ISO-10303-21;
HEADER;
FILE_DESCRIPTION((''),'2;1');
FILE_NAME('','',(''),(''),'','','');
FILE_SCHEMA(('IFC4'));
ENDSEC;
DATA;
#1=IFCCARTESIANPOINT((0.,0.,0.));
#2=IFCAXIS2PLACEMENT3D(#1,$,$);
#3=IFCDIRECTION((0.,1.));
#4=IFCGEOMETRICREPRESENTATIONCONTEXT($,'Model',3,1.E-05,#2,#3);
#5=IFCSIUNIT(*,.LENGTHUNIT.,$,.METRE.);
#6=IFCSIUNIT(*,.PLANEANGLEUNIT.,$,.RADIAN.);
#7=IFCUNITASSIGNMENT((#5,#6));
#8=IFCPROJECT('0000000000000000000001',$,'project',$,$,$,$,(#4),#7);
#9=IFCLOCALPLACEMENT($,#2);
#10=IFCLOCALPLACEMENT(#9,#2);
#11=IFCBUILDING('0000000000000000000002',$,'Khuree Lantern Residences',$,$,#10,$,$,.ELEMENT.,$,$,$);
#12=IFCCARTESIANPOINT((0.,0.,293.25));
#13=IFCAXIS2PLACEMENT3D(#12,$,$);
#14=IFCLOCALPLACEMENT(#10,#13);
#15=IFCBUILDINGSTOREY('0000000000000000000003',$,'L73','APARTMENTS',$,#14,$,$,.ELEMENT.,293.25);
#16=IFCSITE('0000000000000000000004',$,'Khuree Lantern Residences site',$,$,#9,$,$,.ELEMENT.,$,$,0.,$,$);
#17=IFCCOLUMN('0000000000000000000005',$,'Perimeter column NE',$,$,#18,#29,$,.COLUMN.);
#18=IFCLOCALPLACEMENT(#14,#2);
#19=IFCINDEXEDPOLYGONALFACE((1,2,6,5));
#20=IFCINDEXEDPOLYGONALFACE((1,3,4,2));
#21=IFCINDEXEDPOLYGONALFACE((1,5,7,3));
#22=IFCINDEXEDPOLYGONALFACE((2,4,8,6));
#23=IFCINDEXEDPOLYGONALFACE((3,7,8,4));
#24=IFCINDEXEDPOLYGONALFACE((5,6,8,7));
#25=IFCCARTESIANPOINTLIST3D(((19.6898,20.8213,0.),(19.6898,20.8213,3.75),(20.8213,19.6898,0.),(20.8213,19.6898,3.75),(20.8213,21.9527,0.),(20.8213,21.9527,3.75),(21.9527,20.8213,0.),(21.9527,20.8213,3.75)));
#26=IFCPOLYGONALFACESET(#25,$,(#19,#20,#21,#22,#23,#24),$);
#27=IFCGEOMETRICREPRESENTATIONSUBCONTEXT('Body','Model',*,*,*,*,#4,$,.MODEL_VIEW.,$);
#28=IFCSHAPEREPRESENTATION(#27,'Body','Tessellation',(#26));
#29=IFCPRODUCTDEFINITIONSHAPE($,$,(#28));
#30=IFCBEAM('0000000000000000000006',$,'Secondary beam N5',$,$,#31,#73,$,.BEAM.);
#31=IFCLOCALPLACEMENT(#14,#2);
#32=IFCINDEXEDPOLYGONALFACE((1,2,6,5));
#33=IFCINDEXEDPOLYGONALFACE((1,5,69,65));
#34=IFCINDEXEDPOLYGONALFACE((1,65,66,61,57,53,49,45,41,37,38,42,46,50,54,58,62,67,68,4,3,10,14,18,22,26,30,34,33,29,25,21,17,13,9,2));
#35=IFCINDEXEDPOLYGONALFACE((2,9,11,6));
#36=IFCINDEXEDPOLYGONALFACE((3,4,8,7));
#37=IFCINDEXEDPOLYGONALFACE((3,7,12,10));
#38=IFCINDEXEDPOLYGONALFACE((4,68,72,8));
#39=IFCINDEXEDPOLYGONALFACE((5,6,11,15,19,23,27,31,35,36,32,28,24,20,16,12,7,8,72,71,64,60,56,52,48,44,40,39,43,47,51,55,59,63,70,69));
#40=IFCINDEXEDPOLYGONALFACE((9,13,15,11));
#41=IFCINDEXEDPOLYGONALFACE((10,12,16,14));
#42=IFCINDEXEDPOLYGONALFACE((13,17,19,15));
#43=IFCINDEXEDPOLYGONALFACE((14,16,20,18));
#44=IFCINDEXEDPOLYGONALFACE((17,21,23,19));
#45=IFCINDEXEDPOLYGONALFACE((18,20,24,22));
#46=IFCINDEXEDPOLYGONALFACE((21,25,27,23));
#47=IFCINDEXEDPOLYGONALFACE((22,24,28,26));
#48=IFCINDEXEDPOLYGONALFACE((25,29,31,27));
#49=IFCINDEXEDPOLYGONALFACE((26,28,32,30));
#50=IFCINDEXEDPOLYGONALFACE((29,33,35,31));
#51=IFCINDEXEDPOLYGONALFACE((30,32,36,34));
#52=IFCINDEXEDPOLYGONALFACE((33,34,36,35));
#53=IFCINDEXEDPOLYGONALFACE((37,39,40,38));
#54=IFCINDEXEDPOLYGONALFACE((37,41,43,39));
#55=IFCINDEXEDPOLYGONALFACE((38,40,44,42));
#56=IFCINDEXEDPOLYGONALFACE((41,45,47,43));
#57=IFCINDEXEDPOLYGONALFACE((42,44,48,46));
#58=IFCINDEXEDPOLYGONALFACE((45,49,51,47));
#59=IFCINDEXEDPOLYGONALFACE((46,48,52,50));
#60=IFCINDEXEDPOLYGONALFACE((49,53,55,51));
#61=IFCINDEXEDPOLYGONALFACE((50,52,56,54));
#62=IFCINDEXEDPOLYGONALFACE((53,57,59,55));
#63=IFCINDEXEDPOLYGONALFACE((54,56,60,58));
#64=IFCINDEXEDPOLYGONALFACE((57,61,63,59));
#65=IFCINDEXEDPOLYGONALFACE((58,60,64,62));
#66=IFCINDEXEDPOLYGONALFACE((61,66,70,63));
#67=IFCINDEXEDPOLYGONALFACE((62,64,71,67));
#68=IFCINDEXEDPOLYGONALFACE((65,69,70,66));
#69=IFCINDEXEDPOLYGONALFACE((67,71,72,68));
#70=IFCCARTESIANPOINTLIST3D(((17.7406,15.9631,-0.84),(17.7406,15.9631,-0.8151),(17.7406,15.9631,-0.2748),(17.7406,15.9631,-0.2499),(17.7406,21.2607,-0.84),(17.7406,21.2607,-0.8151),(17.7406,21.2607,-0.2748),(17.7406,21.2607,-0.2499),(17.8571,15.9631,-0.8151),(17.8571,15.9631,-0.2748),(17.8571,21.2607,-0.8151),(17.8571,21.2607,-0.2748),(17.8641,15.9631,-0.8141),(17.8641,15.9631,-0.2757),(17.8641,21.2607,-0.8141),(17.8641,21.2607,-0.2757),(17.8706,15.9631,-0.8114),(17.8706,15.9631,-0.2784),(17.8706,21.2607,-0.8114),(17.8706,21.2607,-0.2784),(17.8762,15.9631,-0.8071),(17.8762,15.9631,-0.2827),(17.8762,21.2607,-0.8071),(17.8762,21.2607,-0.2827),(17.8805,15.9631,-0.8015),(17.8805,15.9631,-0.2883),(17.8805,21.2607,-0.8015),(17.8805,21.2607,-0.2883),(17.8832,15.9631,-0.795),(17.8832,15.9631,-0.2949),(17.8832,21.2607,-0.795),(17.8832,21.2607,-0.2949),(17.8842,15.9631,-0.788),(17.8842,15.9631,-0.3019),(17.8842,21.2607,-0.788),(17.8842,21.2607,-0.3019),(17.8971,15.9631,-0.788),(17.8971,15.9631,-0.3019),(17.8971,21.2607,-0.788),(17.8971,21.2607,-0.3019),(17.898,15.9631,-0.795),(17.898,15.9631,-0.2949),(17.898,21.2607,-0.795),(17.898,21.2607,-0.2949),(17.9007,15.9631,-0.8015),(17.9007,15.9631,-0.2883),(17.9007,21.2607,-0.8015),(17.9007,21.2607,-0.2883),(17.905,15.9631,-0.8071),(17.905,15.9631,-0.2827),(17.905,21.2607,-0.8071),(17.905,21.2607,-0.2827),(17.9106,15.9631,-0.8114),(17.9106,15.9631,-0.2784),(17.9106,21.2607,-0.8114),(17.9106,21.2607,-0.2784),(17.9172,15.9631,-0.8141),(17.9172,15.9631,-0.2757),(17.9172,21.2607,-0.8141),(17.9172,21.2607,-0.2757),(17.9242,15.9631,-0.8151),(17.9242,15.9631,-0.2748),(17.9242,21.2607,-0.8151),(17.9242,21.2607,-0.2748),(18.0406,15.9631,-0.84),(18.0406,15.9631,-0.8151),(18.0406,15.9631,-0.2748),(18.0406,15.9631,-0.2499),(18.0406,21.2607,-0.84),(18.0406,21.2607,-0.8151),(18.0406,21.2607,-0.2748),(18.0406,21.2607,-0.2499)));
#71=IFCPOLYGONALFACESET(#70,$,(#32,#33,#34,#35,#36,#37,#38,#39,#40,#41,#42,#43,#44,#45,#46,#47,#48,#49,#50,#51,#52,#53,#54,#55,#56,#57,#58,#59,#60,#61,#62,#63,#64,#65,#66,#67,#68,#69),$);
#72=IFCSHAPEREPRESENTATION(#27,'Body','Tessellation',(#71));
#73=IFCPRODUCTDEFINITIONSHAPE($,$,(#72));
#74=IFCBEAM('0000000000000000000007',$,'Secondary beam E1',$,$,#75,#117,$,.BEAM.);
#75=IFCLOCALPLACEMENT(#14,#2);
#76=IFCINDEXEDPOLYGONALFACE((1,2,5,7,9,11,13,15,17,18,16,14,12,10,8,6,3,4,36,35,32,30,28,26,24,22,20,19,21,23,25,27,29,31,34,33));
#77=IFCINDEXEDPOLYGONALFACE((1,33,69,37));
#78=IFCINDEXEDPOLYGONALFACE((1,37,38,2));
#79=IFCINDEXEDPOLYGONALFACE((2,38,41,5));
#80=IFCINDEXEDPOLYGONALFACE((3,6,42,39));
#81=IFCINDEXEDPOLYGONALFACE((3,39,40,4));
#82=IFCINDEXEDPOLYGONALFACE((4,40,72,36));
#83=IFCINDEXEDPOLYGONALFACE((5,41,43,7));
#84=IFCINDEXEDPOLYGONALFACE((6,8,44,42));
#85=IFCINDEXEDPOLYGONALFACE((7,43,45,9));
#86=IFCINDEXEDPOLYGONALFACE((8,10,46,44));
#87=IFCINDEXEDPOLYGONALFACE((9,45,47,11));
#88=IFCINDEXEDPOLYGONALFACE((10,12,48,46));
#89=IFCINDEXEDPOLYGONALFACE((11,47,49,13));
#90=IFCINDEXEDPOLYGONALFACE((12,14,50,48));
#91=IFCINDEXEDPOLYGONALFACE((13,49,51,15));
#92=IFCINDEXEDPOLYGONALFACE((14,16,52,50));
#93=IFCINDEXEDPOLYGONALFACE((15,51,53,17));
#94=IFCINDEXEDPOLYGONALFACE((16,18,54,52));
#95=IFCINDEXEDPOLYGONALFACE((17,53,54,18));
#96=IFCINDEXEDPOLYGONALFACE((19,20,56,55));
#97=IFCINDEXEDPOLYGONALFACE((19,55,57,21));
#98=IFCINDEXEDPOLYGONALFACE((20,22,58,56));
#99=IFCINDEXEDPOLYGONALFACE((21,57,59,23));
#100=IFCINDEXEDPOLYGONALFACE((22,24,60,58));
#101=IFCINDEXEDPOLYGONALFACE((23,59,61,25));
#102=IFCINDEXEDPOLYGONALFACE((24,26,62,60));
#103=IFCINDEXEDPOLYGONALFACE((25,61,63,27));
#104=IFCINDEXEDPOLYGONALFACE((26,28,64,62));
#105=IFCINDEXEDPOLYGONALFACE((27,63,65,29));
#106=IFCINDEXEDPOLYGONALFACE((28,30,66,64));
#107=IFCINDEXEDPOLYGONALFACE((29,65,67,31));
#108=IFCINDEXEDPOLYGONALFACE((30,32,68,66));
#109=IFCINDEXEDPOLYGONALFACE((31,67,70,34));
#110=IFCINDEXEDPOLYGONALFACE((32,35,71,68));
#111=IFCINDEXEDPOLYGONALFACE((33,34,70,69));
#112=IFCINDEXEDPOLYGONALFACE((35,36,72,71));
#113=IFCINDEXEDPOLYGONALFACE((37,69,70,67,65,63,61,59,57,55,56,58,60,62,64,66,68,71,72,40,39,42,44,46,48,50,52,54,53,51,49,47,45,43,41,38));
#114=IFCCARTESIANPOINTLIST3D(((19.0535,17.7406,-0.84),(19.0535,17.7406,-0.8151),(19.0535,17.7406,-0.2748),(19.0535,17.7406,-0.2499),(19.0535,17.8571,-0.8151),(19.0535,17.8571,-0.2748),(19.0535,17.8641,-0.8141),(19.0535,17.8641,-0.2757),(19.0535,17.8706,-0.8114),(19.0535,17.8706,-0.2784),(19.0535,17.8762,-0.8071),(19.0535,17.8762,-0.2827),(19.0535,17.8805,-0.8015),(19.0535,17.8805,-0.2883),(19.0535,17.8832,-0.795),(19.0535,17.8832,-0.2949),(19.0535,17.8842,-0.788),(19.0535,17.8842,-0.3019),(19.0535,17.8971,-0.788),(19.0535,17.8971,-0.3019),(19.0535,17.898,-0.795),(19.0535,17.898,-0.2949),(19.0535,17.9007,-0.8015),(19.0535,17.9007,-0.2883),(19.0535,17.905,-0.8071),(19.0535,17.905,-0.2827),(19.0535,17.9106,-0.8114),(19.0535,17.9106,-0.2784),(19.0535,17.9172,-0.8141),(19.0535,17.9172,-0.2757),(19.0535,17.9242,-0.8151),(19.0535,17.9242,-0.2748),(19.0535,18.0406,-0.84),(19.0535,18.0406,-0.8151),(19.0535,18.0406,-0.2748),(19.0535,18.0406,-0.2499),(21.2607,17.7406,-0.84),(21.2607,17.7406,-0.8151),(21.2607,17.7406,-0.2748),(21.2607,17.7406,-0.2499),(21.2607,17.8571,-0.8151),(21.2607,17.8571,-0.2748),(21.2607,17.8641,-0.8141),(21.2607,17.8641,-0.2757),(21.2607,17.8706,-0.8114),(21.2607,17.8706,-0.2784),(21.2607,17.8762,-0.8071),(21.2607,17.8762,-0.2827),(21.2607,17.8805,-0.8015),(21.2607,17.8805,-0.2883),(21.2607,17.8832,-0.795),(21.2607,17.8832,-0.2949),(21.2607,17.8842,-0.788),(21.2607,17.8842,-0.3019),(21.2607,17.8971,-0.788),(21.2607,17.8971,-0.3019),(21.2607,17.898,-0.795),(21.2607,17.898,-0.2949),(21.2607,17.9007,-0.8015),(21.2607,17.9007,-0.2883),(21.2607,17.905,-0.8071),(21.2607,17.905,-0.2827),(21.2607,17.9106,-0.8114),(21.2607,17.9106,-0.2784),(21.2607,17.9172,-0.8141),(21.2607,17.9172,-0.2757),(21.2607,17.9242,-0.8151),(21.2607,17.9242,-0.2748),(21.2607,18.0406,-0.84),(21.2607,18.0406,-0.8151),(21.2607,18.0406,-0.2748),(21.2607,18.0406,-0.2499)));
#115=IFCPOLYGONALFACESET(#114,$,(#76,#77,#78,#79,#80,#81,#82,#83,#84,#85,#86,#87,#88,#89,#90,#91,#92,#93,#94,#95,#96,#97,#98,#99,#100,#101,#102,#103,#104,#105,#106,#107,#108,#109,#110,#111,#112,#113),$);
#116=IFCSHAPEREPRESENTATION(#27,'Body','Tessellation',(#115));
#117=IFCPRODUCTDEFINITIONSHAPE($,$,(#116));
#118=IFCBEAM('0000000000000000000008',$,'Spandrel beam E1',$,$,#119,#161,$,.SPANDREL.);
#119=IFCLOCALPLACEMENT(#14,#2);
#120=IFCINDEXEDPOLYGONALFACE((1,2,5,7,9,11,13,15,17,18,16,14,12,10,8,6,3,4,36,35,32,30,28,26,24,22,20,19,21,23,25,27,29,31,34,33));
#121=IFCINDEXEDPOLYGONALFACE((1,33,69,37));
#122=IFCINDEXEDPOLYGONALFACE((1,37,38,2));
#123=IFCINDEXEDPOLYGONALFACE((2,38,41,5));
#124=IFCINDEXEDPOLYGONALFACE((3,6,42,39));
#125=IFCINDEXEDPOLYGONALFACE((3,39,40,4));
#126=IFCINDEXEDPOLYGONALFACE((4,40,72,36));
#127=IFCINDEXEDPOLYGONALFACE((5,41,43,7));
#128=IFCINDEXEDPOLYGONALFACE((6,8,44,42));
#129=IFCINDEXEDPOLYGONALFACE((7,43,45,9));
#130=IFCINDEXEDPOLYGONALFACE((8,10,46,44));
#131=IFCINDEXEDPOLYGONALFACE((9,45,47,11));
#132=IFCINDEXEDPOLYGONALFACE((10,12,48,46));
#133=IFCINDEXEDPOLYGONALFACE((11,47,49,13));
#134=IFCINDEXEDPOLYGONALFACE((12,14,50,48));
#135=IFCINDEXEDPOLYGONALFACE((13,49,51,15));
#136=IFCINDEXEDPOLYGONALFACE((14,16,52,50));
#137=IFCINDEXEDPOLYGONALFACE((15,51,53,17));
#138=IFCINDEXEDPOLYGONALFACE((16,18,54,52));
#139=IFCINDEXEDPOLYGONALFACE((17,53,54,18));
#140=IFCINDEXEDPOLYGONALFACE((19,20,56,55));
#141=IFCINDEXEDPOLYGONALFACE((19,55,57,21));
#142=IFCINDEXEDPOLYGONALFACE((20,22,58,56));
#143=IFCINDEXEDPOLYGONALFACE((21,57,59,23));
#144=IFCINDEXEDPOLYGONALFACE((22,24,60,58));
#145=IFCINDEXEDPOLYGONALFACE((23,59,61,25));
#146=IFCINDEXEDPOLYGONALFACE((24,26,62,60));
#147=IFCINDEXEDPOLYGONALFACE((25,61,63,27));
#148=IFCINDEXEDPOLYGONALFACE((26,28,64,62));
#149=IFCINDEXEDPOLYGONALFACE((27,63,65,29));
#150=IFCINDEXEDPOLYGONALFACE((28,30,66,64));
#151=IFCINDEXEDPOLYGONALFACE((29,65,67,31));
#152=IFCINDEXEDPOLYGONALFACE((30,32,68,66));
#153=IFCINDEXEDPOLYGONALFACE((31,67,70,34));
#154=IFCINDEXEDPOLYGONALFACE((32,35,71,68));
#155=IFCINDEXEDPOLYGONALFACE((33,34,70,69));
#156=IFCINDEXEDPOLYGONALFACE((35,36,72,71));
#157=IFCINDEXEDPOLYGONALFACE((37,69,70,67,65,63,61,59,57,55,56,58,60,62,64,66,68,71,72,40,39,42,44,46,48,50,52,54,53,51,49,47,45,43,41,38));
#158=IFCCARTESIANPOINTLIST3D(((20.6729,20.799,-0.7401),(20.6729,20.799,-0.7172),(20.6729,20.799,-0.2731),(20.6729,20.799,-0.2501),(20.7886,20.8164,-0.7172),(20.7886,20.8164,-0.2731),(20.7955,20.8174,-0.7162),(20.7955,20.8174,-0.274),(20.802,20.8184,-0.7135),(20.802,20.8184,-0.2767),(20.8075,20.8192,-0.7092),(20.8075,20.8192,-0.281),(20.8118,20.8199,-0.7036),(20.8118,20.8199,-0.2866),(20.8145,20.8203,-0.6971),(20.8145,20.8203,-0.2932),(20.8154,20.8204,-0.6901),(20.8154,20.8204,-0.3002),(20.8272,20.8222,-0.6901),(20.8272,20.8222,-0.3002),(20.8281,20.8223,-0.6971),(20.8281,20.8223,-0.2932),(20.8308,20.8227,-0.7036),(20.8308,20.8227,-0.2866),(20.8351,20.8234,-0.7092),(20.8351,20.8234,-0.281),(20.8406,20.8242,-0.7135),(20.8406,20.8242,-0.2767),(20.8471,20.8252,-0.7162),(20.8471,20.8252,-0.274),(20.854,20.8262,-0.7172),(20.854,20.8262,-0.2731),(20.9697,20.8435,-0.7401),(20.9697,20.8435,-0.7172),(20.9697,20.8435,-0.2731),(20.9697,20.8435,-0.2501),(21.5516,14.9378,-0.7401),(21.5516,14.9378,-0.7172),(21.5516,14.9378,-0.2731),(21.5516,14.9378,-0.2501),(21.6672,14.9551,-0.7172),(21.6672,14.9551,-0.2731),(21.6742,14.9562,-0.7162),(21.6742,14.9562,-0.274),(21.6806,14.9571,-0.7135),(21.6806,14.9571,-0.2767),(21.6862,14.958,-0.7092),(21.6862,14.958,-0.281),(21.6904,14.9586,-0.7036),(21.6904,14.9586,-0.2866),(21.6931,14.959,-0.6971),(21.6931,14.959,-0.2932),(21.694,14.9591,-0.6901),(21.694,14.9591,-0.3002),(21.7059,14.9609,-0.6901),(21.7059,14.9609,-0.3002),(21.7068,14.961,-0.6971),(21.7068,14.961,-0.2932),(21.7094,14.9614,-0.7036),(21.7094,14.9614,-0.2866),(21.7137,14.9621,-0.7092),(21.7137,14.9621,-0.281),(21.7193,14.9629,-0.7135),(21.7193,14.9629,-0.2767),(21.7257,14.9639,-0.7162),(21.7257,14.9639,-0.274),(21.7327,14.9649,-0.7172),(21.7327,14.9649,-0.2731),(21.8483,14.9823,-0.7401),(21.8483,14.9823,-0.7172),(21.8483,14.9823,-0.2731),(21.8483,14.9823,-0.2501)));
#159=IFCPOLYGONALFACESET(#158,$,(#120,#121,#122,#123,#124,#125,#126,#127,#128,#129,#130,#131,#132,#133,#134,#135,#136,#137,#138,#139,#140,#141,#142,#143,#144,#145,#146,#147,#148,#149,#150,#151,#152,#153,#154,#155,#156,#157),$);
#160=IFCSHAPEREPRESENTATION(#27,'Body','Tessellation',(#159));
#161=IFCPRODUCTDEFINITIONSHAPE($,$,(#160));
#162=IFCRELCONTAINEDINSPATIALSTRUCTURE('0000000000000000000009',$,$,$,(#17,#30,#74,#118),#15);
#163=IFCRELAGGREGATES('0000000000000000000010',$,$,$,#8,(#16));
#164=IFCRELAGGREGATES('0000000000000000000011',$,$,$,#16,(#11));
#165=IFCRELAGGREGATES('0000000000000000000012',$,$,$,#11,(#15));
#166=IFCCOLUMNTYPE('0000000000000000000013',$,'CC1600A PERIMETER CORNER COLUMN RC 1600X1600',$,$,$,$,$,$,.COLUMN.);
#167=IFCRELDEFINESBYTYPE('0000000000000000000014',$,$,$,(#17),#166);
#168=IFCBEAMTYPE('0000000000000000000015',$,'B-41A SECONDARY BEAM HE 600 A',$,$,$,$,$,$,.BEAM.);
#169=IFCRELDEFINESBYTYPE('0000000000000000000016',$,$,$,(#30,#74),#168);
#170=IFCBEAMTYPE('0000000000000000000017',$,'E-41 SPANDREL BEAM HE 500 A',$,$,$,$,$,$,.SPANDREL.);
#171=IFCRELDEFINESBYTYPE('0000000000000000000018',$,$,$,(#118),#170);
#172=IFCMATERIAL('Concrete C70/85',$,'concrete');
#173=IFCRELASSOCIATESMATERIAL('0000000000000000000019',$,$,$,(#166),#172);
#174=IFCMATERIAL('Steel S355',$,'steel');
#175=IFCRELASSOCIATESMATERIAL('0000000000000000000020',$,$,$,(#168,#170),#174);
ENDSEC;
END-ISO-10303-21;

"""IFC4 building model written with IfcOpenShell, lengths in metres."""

from ifc_helpers import new_model, si_unit, direction, frame, origin, origin_2d, place, context, subcontext, project, spatial, rectangle, i_section, extrude, material, material_profile, profile_set, type_object, element, save


model = new_model("IFC4")

# Units and contexts
model_context = context("Model", 3, precision=1e-05, world=origin(), true_north=direction((0.0, 1.0)))
body_context = subcontext(model_context, "Body", "Model", "MODEL_VIEW")
ifc_project = project(units=[si_unit("LENGTHUNIT", "METRE"), si_unit("PLANEANGLEUNIT", "RADIAN")], contexts=[model_context])

# Site, building, storey
site_placement = place(None, origin())
site = spatial("IfcSite", under=ifc_project, at=site_placement, Name="Khuree Lantern Residences site", CompositionType="ELEMENT", RefElevation=0.0)
building_placement = place(site_placement, origin())
building = spatial("IfcBuilding", under=site, at=building_placement, Name="Khuree Lantern Residences", CompositionType="ELEMENT")
storey_placement = place(building_placement, frame((0.0, 0.0, 293.25)))
storey = spatial("IfcBuildingStorey", under=building, at=storey_placement, Name="L73", Description="APARTMENTS", CompositionType="ELEMENT", Elevation=293.25)

# Column
ifc_material_1 = material(Name="Concrete C70/85", Category="concrete")
ifc_material_profile_1 = material_profile(ifc_material_1, rectangle(XDim=1.6001, YDim=1.6001, at=origin_2d()), Name="RC 1600X1600")
ifc_profile_set_1 = profile_set([ifc_material_profile_1], Name="Concrete C70/85")
column_type = type_object("IfcColumnType", Name="CC1600A PERIMETER CORNER COLUMN RC 1600X1600", PredefinedType="COLUMN", material=ifc_profile_set_1)
column_placement = place(storey_placement, frame((20.8213, 20.8213, 0.0), z_axis=(0.0, 0.0, 1.0), x_axis=(0.707107, -0.707107, 0.0)))
element("IfcColumn", 1, at=column_placement, inside=storey, type_object=column_type, Name="Perimeter column NE", PredefinedType="COLUMN", context=body_context, shape_type="SweptSolid", body=[
    extrude(rectangle(XDim=1.6001, YDim=1.6001, at=origin_2d()), origin(), (0.0, 0.0, 1.0), 3.75),
])

# Beams
ifc_material_2 = material(Name="Steel S355", Category="steel")
ifc_material_profile_2 = material_profile(ifc_material_2, i_section(OverallWidth=0.3, OverallDepth=0.5901, WebThickness=0.0129, FlangeThickness=0.0249, FilletRadius=0.0271, at=origin_2d()), Name="HE 600 A")
ifc_profile_set_2 = profile_set([ifc_material_profile_2], Name="Steel S355")
beam_type_1 = type_object("IfcBeamType", Name="B-41A SECONDARY BEAM HE 600 A", PredefinedType="BEAM", material=ifc_profile_set_2)
beam_1_placement = place(storey_placement, frame((17.8906, 21.2607, -0.5449), z_axis=(0.0, -1.0, 0.0), x_axis=(1.0, 0.0, 0.0)))
element("IfcBeam", 2, at=beam_1_placement, inside=storey, type_object=beam_type_1, Name="Secondary beam N5", PredefinedType="BEAM", context=body_context, shape_type="SweptSolid", body=[
    extrude(i_section(OverallWidth=0.3, OverallDepth=0.5901, WebThickness=0.0129, FlangeThickness=0.0249, FilletRadius=0.0271, at=origin_2d()), origin(), (0.0, 0.0, 1.0), 5.2976),
])
beam_2_placement = place(storey_placement, frame((21.2607, 17.8906, -0.5449), z_axis=(-1.0, 0.0, 0.0), x_axis=(0.0, -1.0, 0.0)))
element("IfcBeam", 3, at=beam_2_placement, inside=storey, type_object=beam_type_1, Name="Secondary beam E1", PredefinedType="BEAM", context=body_context, shape_type="SweptSolid", body=[
    extrude(i_section(OverallWidth=0.3, OverallDepth=0.5901, WebThickness=0.0129, FlangeThickness=0.0249, FilletRadius=0.0271, at=origin_2d()), origin(), (0.0, 0.0, 1.0), 2.2073),
])
ifc_material_profile_3 = material_profile(ifc_material_2, i_section(OverallWidth=0.3, OverallDepth=0.49, WebThickness=0.012, FlangeThickness=0.0229, FilletRadius=0.0271, at=origin_2d()), Name="HE 500 A")
ifc_profile_set_3 = profile_set([ifc_material_profile_3], Name="Steel S355")
beam_type_2 = type_object("IfcBeamType", Name="E-41 SPANDREL BEAM HE 500 A", PredefinedType="SPANDREL", material=ifc_profile_set_3)
beam_3_placement = place(storey_placement, frame((20.8213, 20.8213, -0.4951), z_axis=(0.148252, -0.98895, 0.0), x_axis=(0.98895, 0.148252, 0.0)))
element("IfcBeam", 4, at=beam_3_placement, inside=storey, type_object=beam_type_2, Name="Spandrel beam E1", PredefinedType="SPANDREL", context=body_context, shape_type="SweptSolid", body=[
    extrude(i_section(OverallWidth=0.3, OverallDepth=0.49, WebThickness=0.012, FlangeThickness=0.0229, FilletRadius=0.0271, at=origin_2d()), origin(), (0.0, 0.0, 1.0), 5.9268),
])

save(model, "model.ifc")
